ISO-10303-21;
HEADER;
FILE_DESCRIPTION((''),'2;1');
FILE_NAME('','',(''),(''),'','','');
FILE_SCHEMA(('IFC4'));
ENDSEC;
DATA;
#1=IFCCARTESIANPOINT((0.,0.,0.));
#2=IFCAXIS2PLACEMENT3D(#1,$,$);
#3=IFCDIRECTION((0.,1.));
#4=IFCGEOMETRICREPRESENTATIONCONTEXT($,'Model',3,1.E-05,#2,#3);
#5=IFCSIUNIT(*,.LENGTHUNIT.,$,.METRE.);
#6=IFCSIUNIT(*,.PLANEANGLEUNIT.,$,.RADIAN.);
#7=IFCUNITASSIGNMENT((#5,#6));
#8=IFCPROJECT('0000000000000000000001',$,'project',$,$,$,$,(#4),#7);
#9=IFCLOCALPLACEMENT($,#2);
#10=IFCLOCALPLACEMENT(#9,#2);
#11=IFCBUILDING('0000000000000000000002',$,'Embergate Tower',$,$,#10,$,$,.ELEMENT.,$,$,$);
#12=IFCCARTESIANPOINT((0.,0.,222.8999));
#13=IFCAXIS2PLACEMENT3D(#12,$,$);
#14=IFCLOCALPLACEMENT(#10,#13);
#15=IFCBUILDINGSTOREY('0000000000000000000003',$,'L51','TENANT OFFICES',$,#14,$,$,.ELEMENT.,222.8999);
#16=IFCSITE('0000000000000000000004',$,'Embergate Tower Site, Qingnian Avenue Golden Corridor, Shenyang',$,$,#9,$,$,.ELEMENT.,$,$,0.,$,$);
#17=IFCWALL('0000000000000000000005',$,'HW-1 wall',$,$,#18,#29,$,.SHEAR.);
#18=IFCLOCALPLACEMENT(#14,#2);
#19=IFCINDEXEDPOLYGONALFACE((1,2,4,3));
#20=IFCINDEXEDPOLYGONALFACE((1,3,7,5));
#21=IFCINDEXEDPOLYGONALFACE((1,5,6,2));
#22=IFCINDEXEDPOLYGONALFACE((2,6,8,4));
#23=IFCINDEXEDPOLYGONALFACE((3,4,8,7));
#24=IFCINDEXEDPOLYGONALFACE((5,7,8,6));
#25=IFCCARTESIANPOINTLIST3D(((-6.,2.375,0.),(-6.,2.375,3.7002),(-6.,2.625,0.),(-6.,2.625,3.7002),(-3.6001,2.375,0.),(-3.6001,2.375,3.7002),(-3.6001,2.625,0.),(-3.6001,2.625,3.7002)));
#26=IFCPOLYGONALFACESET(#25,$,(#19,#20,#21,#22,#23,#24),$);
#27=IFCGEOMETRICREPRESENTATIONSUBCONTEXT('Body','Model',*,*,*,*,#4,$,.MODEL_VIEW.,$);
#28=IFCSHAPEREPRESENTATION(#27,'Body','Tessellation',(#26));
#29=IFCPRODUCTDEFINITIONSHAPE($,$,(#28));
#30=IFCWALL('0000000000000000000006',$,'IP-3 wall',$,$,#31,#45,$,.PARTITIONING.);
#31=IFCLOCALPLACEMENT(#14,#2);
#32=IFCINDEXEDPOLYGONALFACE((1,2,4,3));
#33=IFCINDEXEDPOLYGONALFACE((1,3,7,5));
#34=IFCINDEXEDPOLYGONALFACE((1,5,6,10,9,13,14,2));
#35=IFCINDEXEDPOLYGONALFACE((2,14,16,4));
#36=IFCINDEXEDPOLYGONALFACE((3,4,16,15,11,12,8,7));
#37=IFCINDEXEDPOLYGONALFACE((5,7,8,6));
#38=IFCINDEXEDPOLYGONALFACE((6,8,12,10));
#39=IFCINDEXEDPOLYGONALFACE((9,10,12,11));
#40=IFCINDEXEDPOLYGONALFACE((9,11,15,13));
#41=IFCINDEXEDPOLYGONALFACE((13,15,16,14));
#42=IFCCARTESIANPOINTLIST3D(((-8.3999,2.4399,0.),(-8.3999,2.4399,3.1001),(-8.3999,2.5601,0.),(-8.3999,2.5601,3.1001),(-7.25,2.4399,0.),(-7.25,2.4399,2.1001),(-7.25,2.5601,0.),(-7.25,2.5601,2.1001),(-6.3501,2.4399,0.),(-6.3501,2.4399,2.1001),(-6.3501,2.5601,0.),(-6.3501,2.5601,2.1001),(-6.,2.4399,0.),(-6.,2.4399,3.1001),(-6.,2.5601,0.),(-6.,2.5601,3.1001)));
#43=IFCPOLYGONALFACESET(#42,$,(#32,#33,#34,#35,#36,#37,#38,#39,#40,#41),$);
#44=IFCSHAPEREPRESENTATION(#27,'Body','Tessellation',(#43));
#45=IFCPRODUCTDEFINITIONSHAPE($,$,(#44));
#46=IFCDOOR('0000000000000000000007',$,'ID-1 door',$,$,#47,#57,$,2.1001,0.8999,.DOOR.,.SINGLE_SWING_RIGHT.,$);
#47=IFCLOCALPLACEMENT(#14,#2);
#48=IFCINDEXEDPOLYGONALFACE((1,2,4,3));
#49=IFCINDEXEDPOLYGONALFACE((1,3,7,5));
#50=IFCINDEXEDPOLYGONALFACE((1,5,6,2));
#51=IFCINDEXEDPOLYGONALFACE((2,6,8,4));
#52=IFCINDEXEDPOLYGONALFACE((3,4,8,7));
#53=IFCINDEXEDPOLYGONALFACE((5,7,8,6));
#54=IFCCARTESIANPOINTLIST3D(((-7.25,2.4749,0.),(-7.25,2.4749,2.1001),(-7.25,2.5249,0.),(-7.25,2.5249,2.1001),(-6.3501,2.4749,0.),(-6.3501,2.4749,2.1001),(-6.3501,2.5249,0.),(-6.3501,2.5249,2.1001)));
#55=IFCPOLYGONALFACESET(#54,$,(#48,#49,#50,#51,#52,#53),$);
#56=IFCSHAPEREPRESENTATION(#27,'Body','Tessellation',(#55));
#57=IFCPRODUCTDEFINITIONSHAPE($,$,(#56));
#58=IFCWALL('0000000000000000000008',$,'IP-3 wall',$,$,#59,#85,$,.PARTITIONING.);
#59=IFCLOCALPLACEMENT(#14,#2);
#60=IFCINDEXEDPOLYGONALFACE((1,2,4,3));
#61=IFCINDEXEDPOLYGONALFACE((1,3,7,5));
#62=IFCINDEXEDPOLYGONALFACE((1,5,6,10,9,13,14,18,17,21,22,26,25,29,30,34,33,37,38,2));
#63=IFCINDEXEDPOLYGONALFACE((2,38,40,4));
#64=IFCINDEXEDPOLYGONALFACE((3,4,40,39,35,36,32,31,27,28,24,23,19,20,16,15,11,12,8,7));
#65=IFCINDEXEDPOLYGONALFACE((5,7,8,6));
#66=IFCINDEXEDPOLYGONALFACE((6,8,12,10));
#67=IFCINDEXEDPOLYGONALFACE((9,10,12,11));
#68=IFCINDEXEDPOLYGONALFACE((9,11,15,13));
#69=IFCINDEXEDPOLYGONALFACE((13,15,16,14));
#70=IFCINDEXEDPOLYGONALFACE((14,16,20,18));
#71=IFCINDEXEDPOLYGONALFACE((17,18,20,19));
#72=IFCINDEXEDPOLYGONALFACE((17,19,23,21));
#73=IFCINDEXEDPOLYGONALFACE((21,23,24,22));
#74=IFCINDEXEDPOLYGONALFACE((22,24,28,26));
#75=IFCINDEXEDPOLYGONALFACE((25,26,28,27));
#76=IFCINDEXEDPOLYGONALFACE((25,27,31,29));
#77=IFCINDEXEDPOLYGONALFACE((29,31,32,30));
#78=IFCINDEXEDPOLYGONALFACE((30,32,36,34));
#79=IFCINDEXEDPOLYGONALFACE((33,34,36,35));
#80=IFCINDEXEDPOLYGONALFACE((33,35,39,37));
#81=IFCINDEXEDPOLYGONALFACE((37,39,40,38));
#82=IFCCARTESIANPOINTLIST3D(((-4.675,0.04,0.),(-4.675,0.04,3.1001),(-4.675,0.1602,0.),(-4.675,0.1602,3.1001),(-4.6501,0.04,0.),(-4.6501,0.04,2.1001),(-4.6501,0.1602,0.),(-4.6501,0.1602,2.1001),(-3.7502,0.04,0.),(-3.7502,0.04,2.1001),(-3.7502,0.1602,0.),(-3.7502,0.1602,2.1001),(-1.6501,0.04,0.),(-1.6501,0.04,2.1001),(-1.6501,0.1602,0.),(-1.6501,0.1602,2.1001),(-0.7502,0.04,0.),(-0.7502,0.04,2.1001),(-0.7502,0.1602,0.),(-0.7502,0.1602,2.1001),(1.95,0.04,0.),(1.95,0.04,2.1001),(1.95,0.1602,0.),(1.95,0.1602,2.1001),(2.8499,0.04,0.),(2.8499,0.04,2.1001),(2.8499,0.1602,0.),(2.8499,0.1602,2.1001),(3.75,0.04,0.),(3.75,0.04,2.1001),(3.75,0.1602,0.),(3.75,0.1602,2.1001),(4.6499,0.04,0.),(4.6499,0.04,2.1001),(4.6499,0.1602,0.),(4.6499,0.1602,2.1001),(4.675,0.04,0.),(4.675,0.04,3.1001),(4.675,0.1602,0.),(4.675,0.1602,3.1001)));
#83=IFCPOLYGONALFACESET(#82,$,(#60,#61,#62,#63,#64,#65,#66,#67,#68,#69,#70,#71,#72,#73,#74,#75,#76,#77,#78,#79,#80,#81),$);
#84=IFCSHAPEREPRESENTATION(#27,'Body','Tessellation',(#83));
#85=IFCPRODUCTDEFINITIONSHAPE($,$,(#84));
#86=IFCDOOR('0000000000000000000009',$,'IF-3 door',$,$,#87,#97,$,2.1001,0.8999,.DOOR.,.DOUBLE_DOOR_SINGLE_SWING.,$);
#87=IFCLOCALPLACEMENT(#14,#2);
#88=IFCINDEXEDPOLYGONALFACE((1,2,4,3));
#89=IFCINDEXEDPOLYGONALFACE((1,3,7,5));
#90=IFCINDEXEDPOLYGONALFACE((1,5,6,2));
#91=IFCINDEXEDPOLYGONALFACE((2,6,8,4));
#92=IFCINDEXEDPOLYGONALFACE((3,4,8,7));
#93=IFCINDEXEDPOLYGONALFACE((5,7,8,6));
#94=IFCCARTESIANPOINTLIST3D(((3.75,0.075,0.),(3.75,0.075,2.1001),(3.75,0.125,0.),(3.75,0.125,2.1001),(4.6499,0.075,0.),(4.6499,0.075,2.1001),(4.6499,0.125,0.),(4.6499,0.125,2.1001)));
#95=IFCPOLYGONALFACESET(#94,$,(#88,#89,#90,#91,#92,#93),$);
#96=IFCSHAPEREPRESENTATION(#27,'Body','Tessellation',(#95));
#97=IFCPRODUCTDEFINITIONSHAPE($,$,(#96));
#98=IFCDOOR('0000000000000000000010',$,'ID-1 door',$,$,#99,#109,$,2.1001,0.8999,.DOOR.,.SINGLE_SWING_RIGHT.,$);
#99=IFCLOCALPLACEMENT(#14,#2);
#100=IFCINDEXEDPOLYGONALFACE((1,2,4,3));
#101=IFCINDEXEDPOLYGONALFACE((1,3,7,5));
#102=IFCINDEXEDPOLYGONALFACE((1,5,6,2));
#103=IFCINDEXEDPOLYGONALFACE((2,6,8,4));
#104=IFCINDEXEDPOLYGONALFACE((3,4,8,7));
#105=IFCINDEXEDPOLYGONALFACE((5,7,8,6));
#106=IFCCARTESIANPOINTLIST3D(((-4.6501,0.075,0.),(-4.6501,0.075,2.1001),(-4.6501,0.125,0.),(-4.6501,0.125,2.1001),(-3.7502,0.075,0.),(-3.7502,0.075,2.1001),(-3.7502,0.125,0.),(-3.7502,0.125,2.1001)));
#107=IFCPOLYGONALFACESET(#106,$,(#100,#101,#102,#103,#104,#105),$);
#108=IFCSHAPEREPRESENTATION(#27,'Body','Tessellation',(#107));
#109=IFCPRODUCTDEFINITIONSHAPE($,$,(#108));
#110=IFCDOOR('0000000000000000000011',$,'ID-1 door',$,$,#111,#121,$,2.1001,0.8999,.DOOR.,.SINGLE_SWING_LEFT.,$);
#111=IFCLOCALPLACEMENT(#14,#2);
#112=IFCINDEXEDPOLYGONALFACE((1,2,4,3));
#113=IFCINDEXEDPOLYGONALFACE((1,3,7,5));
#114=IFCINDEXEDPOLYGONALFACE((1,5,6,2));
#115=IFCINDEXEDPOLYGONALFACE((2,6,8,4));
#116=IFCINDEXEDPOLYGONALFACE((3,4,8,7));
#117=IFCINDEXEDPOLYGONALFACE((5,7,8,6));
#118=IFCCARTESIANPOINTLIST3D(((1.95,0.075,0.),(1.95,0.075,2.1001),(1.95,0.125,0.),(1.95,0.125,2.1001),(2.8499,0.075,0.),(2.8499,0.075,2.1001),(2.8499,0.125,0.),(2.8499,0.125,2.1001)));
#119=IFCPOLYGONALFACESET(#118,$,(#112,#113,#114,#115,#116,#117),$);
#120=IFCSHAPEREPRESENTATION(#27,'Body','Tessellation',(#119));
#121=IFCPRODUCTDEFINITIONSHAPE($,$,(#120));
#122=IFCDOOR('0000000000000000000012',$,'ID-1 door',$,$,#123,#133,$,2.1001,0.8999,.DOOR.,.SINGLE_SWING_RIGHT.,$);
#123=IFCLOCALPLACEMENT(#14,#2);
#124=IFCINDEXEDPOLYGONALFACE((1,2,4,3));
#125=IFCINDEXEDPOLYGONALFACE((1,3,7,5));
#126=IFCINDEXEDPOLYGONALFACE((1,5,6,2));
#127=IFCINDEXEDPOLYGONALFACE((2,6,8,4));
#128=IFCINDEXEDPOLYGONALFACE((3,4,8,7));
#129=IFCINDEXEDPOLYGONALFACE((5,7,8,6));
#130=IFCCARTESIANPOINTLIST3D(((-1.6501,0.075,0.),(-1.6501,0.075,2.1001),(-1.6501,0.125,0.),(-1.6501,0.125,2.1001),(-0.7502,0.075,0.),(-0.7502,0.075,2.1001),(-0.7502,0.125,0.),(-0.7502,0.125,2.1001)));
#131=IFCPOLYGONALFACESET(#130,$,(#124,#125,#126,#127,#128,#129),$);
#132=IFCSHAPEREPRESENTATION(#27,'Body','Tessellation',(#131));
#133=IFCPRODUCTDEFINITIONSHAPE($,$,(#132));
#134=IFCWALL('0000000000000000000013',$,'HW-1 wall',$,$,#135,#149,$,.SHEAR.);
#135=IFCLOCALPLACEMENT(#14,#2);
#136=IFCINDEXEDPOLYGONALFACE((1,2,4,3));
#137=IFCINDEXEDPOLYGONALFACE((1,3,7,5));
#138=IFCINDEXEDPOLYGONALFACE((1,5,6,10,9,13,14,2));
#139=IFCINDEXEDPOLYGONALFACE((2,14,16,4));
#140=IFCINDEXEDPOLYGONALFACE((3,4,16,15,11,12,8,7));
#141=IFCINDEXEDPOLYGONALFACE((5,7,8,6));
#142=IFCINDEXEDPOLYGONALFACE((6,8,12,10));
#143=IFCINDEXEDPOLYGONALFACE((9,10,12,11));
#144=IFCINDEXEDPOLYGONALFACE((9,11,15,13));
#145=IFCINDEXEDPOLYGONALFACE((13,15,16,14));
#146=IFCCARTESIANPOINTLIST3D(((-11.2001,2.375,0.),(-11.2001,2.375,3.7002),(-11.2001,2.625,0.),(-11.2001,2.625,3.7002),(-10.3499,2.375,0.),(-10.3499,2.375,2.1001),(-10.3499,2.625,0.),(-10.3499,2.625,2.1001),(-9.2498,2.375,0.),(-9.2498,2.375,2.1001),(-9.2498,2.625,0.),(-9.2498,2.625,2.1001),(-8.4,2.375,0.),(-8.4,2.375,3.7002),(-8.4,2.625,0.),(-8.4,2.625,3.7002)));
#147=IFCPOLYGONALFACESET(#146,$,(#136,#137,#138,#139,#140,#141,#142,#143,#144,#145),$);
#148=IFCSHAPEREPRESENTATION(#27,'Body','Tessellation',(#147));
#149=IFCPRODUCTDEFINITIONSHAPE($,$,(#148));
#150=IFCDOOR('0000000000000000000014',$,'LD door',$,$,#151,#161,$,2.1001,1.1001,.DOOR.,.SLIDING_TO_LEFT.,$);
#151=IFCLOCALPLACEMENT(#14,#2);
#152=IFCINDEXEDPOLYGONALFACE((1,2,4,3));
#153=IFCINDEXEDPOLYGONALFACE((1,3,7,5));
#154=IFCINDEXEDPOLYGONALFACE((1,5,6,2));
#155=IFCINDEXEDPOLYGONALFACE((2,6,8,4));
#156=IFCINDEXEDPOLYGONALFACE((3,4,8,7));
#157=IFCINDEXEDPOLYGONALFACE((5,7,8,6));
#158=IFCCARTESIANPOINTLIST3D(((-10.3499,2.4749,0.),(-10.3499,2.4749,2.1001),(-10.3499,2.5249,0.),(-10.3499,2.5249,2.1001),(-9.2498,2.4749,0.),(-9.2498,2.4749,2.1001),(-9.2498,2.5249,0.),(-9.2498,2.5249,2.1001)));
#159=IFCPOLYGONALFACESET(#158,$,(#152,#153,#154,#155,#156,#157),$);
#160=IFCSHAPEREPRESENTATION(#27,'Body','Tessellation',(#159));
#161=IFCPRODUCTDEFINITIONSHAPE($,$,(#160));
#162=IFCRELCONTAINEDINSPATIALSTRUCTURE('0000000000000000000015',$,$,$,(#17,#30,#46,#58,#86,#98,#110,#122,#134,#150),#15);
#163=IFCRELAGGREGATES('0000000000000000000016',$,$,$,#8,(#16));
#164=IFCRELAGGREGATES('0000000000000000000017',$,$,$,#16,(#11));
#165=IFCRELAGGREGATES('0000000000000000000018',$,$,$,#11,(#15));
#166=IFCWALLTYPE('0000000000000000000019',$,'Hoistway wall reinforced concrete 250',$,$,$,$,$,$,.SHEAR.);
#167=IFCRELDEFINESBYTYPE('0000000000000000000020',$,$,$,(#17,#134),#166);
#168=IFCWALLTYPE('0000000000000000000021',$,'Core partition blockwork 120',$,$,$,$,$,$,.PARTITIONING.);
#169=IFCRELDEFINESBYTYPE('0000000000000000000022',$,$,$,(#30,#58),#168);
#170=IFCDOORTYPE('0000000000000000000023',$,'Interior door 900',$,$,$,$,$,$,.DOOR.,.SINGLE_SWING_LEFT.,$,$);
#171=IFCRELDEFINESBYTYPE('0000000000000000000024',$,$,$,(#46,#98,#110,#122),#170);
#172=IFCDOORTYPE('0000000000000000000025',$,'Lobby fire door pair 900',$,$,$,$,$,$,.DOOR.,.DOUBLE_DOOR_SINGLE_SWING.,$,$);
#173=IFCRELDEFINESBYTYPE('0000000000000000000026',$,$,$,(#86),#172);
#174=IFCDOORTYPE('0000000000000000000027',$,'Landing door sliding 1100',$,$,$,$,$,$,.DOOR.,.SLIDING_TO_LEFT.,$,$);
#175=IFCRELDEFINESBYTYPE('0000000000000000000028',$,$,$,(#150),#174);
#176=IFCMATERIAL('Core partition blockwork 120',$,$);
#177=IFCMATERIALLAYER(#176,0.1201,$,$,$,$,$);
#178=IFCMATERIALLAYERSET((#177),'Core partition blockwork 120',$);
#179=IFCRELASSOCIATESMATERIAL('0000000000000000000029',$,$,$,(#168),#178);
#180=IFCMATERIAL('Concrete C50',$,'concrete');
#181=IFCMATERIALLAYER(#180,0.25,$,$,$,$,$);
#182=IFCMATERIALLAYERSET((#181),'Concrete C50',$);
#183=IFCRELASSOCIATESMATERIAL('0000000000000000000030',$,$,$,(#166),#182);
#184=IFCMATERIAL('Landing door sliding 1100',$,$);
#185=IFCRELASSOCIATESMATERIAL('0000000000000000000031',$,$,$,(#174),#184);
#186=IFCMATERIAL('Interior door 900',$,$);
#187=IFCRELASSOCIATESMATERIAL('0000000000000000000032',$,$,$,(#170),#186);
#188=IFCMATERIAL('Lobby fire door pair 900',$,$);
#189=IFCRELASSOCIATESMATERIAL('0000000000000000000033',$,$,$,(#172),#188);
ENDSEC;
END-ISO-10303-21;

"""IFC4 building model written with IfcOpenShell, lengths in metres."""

from ifc_helpers import new_model, si_unit, direction, frame, frame_2d, origin, place, context, subcontext, project, spatial, rectangle, extrude, source, transform, mapped, material, layer, layer_set, type_object, element, fill, save


model = new_model("IFC4")

# Units and contexts
model_context = context("Model", 3, precision=1e-05, world=origin(), true_north=direction((0.0, 1.0)))
body_context = subcontext(model_context, "Body", "Model", "MODEL_VIEW")
ifc_project = project(units=[si_unit("LENGTHUNIT", "METRE"), si_unit("PLANEANGLEUNIT", "RADIAN")], contexts=[model_context])

# Site, building, storey
site_placement = place(None, origin())
site = spatial("IfcSite", under=ifc_project, at=site_placement, Name="Embergate Tower Site, Qingnian Avenue Golden Corridor, Shenyang", CompositionType="ELEMENT", RefElevation=0.0)
building_placement = place(site_placement, origin())
building = spatial("IfcBuilding", under=site, at=building_placement, Name="Embergate Tower", CompositionType="ELEMENT")
storey_placement = place(building_placement, frame((0.0, 0.0, 222.8999)))
storey = spatial("IfcBuildingStorey", under=building, at=storey_placement, Name="L51", Description="TENANT OFFICES", CompositionType="ELEMENT", Elevation=222.8999)

# Shared definitions
ifc_material_1 = material(Name="Core partition blockwork 120")
ifc_layer_1 = layer(ifc_material_1, 0.1201)
ifc_layer_set_1 = layer_set([ifc_layer_1], Name="Core partition blockwork 120")
wall_type_1 = type_object("IfcWallType", Name="Core partition blockwork 120", PredefinedType="PARTITIONING", material=ifc_layer_set_1)

# Shared definitions
ifc_material_2 = material(Name="Concrete C50", Category="concrete")
ifc_layer_2 = layer(ifc_material_2, 0.25)
ifc_layer_set_2 = layer_set([ifc_layer_2], Name="Concrete C50")
wall_type_2 = type_object("IfcWallType", Name="Hoistway wall reinforced concrete 250", PredefinedType="SHEAR", material=ifc_layer_set_2)

# Shared definitions
shared_shape_1 = source(origin(), body_context, "Body", "SweptSolid", [
    extrude(rectangle(XDim=1.1001, YDim=2.1001, at=frame_2d((0.55, 1.05))), frame((0.0, 0.135, 0.0), z_axis=(0.0, -1.0, 0.0), x_axis=(1.0, 0.0, 0.0)), (0.0, 0.0, 1.0), 0.27),
])
ifc_material_3 = material(Name="Landing door sliding 1100")
door_type_1 = type_object("IfcDoorType", Name="Landing door sliding 1100", OperationType="SLIDING_TO_LEFT", PredefinedType="DOOR", material=ifc_material_3)
shared_shape_2 = source(origin(), body_context, "Body", "SweptSolid", [
    extrude(rectangle(XDim=1.1001, YDim=2.1001, at=frame_2d((0.55, 1.05))), frame((0.0, 0.0249, 0.0), z_axis=(0.0, -1.0, 0.0), x_axis=(1.0, 0.0, 0.0)), (0.0, 0.0, 1.0), 0.05),
])

# Wall
shared_shape_3 = source(origin(), body_context, "Body", "SweptSolid", [
    extrude(rectangle(XDim=2.3999, YDim=0.25, at=frame_2d((1.2, 0.0))), origin(), (0.0, 0.0, 1.0), 3.7002),
])
wall_1_placement = place(storey_placement, frame((-6.0, 2.5, 0.0), z_axis=(0.0, 0.0, 1.0), x_axis=(1.0, 0.0, 0.0)))
element("IfcWall", 1, at=wall_1_placement, inside=storey, type_object=wall_type_2, Name="HW-1 wall", PredefinedType="SHEAR", context=body_context, shape_type="MappedRepresentation", body=[
    mapped(shared_shape_3, transform((0.0, 0.0, 0.0))),
])

# Wall, opening, door
shared_shape_4 = source(origin(), body_context, "Body", "SweptSolid", [
    extrude(rectangle(XDim=2.3999, YDim=0.1201, at=frame_2d((1.2, 0.0))), origin(), (0.0, 0.0, 1.0), 3.1001),
])
wall_2_placement = place(storey_placement, frame((-8.3999, 2.5, 0.0), z_axis=(0.0, 0.0, 1.0), x_axis=(1.0, 0.0, 0.0)))
wall_2 = element("IfcWall", 2, at=wall_2_placement, inside=storey, type_object=wall_type_1, Name="IP-3 wall", PredefinedType="PARTITIONING", context=body_context, shape_type="MappedRepresentation", body=[
    mapped(shared_shape_4, transform((0.0, 0.0, 0.0))),
])
shared_shape_5 = source(origin(), body_context, "Body", "SweptSolid", [
    extrude(rectangle(XDim=0.8999, YDim=2.1001, at=frame_2d((0.45, 1.05))), frame((0.0, 0.0701, 0.0), z_axis=(0.0, -1.0, 0.0), x_axis=(1.0, 0.0, 0.0)), (0.0, 0.0, 1.0), 0.1401),
])
opening_1_placement = place(wall_2_placement, frame((1.1499, 0.0, 0.0)))
opening_1 = element("IfcOpeningElement", 3, at=opening_1_placement, cuts=wall_2, PredefinedType="OPENING", context=body_context, shape_type="MappedRepresentation", body=[
    mapped(shared_shape_5, transform((0.0, 0.0, 0.0))),
])
ifc_material_4 = material(Name="Interior door 900")
door_type_2 = type_object("IfcDoorType", Name="Interior door 900", OperationType="SINGLE_SWING_LEFT", PredefinedType="DOOR", material=ifc_material_4)
shared_shape_6 = source(origin(), body_context, "Body", "SweptSolid", [
    extrude(rectangle(XDim=0.8999, YDim=2.1001, at=frame_2d((0.45, 1.05))), frame((0.0, 0.0249, 0.0), z_axis=(0.0, -1.0, 0.0), x_axis=(1.0, 0.0, 0.0)), (0.0, 0.0, 1.0), 0.05),
])
door_1_placement = place(opening_1_placement, origin())
door_1 = element("IfcDoor", 4, at=door_1_placement, inside=storey, type_object=door_type_2, Name="ID-1 door", OperationType="SINGLE_SWING_RIGHT", OverallHeight=2.1001, OverallWidth=0.8999, PredefinedType="DOOR", context=body_context, shape_type="MappedRepresentation", body=[
    mapped(shared_shape_6, transform((0.0, 0.0, 0.0))),
])
fill(opening_1, door_1)

# Wall, openings, doors
shared_shape_7 = source(origin(), body_context, "Body", "SweptSolid", [
    extrude(rectangle(XDim=9.3501, YDim=0.1201, at=frame_2d((4.675, 0.0))), origin(), (0.0, 0.0, 1.0), 3.1001),
])
wall_3_placement = place(storey_placement, frame((-4.675, 0.1001, 0.0), z_axis=(0.0, 0.0, 1.0), x_axis=(1.0, 0.0, 0.0)))
wall_3 = element("IfcWall", 5, at=wall_3_placement, inside=storey, type_object=wall_type_1, Name="IP-3 wall", PredefinedType="PARTITIONING", context=body_context, shape_type="MappedRepresentation", body=[
    mapped(shared_shape_7, transform((0.0, 0.0, 0.0))),
])
opening_2_placement = place(wall_3_placement, frame((8.425, 0.0, 0.0)))
opening_2 = element("IfcOpeningElement", 6, at=opening_2_placement, cuts=wall_3, PredefinedType="OPENING", context=body_context, shape_type="MappedRepresentation", body=[
    mapped(shared_shape_5, transform((0.0, 0.0, 0.0))),
])
opening_3_placement = place(wall_3_placement, frame((0.0249, 0.0, 0.0)))
opening_3 = element("IfcOpeningElement", 7, at=opening_3_placement, cuts=wall_3, PredefinedType="OPENING", context=body_context, shape_type="MappedRepresentation", body=[
    mapped(shared_shape_5, transform((0.0, 0.0, 0.0))),
])
opening_4_placement = place(wall_3_placement, frame((6.625, 0.0, 0.0)))
opening_4 = element("IfcOpeningElement", 8, at=opening_4_placement, cuts=wall_3, PredefinedType="OPENING", context=body_context, shape_type="MappedRepresentation", body=[
    mapped(shared_shape_5, transform((0.0, 0.0, 0.0))),
])
opening_5_placement = place(wall_3_placement, frame((3.0249, 0.0, 0.0)))
opening_5 = element("IfcOpeningElement", 9, at=opening_5_placement, cuts=wall_3, PredefinedType="OPENING", context=body_context, shape_type="MappedRepresentation", body=[
    mapped(shared_shape_5, transform((0.0, 0.0, 0.0))),
])
ifc_material_5 = material(Name="Lobby fire door pair 900")
door_type_3 = type_object("IfcDoorType", Name="Lobby fire door pair 900", OperationType="DOUBLE_DOOR_SINGLE_SWING", PredefinedType="DOOR", material=ifc_material_5)
door_2_placement = place(opening_2_placement, origin())
door_2 = element("IfcDoor", 10, at=door_2_placement, inside=storey, type_object=door_type_3, Name="IF-3 door", OperationType="DOUBLE_DOOR_SINGLE_SWING", OverallHeight=2.1001, OverallWidth=0.8999, PredefinedType="DOOR", context=body_context, shape_type="MappedRepresentation", body=[
    mapped(shared_shape_6, transform((0.0, 0.0, 0.0))),
])
fill(opening_2, door_2)
door_3_placement = place(opening_3_placement, origin())
door_3 = element("IfcDoor", 11, at=door_3_placement, inside=storey, type_object=door_type_2, Name="ID-1 door", OperationType="SINGLE_SWING_RIGHT", OverallHeight=2.1001, OverallWidth=0.8999, PredefinedType="DOOR", context=body_context, shape_type="MappedRepresentation", body=[
    mapped(shared_shape_6, transform((0.0, 0.0, 0.0))),
])
fill(opening_3, door_3)
door_4_placement = place(opening_4_placement, origin())
door_4 = element("IfcDoor", 12, at=door_4_placement, inside=storey, type_object=door_type_2, Name="ID-1 door", OperationType="SINGLE_SWING_LEFT", OverallHeight=2.1001, OverallWidth=0.8999, PredefinedType="DOOR", context=body_context, shape_type="MappedRepresentation", body=[
    mapped(shared_shape_6, transform((0.0, 0.0, 0.0))),
])
fill(opening_4, door_4)
door_5_placement = place(opening_5_placement, origin())
door_5 = element("IfcDoor", 13, at=door_5_placement, inside=storey, type_object=door_type_2, Name="ID-1 door", OperationType="SINGLE_SWING_RIGHT", OverallHeight=2.1001, OverallWidth=0.8999, PredefinedType="DOOR", context=body_context, shape_type="MappedRepresentation", body=[
    mapped(shared_shape_6, transform((0.0, 0.0, 0.0))),
])
fill(opening_5, door_5)

# Wall, opening, door
shared_shape_8 = source(origin(), body_context, "Body", "SweptSolid", [
    extrude(rectangle(XDim=2.8, YDim=0.25, at=frame_2d((1.3999, 0.0))), origin(), (0.0, 0.0, 1.0), 3.7002),
])
wall_4_placement = place(storey_placement, frame((-11.2, 2.5, 0.0), z_axis=(0.0, 0.0, 1.0), x_axis=(1.0, 0.0, 0.0)))
wall_4 = element("IfcWall", 14, at=wall_4_placement, inside=storey, type_object=wall_type_2, Name="HW-1 wall", PredefinedType="SHEAR", context=body_context, shape_type="MappedRepresentation", body=[
    mapped(shared_shape_8, transform((0.0, 0.0, 0.0))),
])
opening_6_placement = place(wall_4_placement, frame((0.8501, 0.0, 0.0)))
opening_6 = element("IfcOpeningElement", 15, at=opening_6_placement, cuts=wall_4, PredefinedType="OPENING", context=body_context, shape_type="MappedRepresentation", body=[
    mapped(shared_shape_1, transform((0.0, 0.0, 0.0))),
])
door_6_placement = place(opening_6_placement, origin())
door_6 = element("IfcDoor", 16, at=door_6_placement, inside=storey, type_object=door_type_1, Name="LD door", OperationType="SLIDING_TO_LEFT", OverallHeight=2.1001, OverallWidth=1.1001, PredefinedType="DOOR", context=body_context, shape_type="MappedRepresentation", body=[
    mapped(shared_shape_2, transform((0.0, 0.0, 0.0))),
])
fill(opening_6, door_6)

save(model, "model.ifc")
